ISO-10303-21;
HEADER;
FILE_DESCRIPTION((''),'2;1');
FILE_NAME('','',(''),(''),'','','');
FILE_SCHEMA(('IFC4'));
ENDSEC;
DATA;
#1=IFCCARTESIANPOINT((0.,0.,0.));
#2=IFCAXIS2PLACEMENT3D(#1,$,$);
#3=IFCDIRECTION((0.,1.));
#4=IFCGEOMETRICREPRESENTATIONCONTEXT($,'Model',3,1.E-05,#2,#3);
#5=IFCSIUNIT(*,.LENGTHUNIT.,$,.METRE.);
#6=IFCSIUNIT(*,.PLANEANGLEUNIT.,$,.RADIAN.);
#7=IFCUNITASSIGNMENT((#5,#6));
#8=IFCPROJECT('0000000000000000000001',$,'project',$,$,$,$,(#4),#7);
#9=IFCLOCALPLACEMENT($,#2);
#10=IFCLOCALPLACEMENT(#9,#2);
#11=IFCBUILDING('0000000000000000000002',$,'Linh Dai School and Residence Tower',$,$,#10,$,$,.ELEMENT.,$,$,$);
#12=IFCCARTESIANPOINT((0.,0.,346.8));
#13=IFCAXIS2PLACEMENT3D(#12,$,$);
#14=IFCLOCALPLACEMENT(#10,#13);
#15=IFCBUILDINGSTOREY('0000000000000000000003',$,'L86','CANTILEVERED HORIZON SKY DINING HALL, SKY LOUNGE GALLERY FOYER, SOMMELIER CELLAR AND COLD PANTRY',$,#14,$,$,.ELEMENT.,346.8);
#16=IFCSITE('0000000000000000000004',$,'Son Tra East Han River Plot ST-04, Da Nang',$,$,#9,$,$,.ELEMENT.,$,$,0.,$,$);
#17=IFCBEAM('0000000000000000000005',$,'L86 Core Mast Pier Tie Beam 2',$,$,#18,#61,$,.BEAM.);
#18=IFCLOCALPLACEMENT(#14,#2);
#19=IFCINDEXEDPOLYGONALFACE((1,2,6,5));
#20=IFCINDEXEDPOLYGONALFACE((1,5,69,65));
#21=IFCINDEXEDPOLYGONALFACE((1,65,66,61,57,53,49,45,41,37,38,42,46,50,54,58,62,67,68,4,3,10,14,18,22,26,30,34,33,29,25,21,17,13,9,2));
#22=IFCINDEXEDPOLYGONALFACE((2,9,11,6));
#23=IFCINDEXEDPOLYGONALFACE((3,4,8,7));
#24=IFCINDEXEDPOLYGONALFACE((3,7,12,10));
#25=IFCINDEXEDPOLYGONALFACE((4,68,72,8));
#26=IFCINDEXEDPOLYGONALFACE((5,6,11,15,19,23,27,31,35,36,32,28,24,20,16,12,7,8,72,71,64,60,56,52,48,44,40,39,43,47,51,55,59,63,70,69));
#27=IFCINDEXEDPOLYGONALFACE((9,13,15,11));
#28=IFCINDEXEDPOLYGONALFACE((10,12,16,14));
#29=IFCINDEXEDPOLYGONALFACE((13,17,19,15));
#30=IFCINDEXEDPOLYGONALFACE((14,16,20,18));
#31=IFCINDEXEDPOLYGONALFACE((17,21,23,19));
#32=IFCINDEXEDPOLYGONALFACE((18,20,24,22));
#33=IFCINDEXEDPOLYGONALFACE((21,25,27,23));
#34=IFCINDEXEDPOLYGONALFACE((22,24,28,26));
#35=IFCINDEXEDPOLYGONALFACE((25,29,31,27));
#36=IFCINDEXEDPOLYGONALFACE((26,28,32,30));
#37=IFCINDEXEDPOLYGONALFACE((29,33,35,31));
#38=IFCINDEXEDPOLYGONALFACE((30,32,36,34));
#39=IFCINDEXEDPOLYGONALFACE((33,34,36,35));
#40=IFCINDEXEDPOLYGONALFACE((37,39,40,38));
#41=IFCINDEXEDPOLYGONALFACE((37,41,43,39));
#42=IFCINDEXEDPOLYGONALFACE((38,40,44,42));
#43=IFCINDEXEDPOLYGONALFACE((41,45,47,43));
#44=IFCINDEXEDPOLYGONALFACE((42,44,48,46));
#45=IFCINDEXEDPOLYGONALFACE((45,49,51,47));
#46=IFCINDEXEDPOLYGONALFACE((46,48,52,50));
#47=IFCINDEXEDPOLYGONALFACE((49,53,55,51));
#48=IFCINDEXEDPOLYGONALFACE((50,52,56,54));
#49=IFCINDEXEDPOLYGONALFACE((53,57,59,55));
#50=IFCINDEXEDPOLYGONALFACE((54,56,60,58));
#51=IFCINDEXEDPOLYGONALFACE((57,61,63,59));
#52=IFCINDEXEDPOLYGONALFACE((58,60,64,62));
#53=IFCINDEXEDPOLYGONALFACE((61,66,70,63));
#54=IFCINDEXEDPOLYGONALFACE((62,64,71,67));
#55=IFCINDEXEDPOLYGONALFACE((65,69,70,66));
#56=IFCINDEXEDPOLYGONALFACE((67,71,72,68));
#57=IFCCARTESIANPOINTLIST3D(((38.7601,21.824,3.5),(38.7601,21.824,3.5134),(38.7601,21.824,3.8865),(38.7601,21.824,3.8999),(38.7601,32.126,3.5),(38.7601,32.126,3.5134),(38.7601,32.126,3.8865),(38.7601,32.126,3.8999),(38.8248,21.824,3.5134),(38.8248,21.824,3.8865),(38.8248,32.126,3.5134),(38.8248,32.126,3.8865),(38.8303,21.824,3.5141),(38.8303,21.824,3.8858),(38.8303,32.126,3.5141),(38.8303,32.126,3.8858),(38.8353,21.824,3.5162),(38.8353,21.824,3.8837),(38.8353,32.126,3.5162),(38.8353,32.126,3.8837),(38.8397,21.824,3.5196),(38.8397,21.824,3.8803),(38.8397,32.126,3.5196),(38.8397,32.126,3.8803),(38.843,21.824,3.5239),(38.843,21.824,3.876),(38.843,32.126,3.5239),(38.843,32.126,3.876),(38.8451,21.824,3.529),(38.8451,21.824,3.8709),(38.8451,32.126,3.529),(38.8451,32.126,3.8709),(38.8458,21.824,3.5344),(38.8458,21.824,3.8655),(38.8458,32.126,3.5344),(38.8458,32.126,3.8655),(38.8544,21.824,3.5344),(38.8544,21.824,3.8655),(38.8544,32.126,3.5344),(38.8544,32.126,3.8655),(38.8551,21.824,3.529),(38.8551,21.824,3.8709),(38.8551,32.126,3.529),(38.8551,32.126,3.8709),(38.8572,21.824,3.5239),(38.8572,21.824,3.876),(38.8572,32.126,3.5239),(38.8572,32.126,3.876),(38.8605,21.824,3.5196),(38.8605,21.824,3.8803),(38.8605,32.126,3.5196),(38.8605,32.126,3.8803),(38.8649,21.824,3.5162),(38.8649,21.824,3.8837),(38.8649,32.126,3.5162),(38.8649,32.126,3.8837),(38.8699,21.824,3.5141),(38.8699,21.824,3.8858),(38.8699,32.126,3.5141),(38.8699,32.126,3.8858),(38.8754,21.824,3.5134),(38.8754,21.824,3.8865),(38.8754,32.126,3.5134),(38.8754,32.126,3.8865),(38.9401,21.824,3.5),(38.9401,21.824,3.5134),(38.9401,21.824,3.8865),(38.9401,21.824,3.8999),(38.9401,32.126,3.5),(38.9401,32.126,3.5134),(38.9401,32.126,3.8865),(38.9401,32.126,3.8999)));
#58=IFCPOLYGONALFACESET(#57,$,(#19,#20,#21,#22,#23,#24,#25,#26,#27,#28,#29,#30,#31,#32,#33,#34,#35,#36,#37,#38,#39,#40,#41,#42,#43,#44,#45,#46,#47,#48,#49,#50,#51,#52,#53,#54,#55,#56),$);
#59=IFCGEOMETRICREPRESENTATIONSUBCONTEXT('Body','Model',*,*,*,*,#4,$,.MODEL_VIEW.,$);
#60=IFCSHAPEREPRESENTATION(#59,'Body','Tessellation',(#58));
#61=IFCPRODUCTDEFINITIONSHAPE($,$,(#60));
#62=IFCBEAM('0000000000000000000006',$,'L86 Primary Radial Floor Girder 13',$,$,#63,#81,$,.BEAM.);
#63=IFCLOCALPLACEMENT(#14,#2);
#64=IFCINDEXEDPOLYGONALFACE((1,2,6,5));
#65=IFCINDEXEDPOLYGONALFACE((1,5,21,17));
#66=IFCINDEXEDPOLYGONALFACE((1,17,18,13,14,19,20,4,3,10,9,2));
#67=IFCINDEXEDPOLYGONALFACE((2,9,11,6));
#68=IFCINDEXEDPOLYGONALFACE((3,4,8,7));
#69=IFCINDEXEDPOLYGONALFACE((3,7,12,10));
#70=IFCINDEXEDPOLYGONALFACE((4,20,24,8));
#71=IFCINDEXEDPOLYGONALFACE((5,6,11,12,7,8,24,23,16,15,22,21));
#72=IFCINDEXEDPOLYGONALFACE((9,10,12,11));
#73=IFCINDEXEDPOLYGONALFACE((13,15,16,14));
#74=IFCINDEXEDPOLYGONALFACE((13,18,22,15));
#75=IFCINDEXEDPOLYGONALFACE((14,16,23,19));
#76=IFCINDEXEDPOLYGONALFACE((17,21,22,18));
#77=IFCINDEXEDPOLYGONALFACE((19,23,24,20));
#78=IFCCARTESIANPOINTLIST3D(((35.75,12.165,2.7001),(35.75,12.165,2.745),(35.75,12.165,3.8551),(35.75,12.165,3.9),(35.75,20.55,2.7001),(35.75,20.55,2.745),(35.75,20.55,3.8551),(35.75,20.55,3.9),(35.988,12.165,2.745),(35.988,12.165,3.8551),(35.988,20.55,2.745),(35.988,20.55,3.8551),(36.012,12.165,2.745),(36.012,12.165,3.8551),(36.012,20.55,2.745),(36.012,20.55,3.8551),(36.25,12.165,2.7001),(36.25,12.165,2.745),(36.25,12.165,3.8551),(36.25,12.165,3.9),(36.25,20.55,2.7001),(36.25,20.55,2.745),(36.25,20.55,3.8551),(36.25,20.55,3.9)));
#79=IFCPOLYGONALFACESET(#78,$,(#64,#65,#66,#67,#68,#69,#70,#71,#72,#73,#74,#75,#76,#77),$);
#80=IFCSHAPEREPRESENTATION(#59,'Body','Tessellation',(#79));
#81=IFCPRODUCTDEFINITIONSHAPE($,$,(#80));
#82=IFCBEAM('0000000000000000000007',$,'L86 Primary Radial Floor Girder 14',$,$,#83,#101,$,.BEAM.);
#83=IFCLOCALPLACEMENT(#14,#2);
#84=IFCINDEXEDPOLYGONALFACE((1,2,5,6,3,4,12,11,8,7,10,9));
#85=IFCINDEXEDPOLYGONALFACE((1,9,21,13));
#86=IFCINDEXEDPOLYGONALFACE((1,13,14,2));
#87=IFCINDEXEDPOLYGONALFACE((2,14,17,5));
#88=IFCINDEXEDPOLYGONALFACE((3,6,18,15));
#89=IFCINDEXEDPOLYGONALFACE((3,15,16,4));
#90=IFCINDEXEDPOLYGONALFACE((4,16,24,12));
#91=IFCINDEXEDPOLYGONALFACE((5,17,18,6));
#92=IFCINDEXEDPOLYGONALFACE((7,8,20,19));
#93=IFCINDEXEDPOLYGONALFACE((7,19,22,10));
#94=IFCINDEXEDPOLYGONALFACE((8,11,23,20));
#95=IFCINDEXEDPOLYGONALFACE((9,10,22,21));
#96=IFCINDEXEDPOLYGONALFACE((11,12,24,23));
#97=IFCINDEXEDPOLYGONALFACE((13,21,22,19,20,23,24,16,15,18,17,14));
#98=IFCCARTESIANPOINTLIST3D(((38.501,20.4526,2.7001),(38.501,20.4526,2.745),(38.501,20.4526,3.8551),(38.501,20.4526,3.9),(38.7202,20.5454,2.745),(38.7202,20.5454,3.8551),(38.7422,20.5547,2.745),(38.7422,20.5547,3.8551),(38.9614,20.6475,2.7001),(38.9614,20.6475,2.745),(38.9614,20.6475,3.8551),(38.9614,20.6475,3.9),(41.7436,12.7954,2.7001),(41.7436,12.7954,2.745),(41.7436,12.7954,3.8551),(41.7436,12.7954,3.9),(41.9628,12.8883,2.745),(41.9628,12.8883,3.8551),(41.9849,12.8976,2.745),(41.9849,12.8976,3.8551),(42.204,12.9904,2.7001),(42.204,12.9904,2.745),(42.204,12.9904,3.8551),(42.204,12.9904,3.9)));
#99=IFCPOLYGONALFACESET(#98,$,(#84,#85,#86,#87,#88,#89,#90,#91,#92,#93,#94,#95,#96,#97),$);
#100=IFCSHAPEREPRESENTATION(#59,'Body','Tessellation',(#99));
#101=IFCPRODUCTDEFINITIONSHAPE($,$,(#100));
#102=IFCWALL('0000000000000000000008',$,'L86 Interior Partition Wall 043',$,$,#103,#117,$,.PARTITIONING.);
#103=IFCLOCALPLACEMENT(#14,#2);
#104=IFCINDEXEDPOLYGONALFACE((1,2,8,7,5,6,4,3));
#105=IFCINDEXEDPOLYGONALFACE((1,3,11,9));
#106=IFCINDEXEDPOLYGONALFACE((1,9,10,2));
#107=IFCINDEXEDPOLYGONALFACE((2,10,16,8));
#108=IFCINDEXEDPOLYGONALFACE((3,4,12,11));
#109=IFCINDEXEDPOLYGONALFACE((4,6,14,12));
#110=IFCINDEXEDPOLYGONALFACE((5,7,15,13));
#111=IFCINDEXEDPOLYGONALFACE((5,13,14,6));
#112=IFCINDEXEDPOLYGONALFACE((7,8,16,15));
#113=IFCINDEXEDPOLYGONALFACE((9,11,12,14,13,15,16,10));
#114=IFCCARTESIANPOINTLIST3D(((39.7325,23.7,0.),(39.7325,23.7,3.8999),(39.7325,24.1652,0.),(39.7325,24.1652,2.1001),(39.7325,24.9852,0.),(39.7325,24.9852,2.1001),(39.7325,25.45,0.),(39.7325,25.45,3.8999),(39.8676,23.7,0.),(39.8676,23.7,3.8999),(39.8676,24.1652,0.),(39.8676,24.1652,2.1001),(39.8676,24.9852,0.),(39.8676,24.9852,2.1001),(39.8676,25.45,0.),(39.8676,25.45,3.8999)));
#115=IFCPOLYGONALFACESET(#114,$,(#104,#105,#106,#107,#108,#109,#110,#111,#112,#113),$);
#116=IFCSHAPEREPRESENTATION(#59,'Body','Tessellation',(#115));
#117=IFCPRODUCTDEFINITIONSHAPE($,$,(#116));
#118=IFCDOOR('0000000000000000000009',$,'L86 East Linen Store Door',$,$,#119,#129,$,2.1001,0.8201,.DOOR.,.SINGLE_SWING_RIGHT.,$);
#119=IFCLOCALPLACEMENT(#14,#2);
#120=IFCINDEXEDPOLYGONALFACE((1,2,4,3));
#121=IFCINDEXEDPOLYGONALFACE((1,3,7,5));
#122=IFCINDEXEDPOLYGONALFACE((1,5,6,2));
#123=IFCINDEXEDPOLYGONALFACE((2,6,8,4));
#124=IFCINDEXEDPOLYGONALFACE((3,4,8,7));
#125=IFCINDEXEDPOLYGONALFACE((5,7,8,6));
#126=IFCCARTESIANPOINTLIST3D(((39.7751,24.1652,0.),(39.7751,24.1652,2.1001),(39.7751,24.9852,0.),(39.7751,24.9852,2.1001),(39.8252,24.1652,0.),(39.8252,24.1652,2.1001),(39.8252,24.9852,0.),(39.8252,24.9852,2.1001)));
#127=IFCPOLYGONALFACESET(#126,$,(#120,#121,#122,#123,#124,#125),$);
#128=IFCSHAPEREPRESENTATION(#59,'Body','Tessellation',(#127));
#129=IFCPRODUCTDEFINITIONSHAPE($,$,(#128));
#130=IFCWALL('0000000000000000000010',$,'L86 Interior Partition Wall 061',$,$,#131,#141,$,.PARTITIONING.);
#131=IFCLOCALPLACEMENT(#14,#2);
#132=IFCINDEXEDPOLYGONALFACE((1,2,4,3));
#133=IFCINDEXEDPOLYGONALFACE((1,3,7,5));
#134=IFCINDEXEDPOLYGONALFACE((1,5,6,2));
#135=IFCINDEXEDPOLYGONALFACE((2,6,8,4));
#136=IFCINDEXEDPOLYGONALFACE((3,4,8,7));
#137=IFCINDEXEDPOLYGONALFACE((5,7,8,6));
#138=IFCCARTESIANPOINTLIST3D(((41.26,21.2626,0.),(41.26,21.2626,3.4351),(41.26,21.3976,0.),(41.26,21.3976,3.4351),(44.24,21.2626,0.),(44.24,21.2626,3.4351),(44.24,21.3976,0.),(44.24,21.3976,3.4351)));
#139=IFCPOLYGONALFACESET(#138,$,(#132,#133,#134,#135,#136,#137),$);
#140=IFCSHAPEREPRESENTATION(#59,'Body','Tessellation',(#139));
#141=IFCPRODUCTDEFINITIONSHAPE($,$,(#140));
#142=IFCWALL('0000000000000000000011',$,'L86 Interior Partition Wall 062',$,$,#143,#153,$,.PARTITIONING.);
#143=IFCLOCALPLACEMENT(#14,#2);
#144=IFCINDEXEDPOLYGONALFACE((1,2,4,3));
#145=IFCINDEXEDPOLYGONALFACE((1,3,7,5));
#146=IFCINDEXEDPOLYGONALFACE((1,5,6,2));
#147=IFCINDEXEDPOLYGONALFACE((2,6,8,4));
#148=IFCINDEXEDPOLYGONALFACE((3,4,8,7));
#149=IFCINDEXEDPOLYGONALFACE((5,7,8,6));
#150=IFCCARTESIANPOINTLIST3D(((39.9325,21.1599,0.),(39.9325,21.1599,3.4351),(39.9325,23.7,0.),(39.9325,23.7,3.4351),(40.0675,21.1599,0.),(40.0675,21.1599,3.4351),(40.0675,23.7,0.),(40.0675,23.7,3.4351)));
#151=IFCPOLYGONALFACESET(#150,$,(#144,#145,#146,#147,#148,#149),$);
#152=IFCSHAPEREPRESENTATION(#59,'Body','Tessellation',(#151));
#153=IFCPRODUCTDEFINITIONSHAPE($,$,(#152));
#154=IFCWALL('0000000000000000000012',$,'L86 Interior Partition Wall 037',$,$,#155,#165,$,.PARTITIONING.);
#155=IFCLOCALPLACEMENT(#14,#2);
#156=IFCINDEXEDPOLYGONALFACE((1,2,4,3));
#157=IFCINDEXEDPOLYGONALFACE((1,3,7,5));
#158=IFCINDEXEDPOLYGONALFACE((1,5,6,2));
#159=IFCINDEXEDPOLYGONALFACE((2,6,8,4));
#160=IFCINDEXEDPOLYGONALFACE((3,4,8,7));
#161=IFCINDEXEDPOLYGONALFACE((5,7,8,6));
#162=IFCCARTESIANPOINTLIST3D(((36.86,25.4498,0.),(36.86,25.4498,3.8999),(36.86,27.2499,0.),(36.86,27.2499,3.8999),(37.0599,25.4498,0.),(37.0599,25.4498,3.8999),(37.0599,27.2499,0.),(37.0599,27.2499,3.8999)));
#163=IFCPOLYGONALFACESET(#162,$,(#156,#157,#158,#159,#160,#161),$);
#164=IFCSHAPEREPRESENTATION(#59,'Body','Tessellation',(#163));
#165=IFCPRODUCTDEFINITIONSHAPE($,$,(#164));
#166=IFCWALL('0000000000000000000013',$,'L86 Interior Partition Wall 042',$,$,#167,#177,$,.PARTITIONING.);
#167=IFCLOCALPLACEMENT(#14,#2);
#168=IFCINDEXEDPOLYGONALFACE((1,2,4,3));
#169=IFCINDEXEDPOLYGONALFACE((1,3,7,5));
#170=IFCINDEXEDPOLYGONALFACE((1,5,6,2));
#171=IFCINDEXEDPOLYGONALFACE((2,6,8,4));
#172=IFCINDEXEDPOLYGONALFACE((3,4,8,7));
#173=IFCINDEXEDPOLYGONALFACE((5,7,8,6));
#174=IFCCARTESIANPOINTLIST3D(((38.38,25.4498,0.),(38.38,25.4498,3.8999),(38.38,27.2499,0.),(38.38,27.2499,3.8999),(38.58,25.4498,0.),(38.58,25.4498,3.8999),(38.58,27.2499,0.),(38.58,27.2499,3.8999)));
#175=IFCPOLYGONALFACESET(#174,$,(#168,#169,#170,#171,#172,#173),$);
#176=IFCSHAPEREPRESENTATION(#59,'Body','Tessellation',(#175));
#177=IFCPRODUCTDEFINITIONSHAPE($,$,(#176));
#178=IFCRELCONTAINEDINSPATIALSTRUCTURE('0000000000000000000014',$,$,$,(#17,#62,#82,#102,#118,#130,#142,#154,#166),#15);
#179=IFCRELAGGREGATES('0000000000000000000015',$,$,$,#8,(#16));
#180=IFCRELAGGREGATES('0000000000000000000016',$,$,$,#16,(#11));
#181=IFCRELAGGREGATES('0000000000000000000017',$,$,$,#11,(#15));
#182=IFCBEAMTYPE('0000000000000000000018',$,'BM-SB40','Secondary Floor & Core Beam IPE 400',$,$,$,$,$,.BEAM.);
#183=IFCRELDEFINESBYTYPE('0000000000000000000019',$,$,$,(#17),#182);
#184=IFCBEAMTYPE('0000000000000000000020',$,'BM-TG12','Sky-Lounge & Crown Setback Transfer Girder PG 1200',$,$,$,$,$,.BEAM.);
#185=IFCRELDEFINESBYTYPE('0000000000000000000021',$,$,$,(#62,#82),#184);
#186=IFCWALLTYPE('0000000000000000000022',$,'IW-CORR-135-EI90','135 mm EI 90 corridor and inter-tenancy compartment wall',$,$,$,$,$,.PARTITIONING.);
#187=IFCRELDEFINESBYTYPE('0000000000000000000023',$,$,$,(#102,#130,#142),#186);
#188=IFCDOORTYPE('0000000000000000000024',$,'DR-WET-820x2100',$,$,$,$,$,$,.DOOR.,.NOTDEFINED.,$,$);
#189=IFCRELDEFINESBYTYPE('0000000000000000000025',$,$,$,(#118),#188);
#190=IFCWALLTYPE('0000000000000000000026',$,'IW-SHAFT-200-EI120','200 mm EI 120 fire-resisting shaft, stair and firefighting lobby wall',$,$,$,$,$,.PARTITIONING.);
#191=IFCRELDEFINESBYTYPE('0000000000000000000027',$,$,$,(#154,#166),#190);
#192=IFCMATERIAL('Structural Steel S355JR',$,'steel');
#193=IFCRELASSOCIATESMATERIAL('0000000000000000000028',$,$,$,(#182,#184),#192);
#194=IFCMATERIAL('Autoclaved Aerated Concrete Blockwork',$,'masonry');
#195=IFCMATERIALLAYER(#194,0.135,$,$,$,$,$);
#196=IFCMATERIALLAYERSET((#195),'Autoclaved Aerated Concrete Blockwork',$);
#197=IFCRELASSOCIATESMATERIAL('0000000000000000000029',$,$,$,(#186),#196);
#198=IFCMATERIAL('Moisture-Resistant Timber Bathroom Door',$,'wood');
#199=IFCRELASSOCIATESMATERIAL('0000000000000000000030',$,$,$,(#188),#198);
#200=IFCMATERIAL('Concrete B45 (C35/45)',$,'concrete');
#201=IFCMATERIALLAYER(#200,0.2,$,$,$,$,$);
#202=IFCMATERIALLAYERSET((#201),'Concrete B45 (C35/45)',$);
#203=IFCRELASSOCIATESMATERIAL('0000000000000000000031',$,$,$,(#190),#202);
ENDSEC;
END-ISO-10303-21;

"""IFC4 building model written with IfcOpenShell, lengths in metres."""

from ifc_helpers import new_model, si_unit, direction, frame, frame_2d, origin, origin_2d, place, context, subcontext, project, spatial, rectangle, i_section, extrude, source, transform, mapped, material, layer, layer_set, material_profile, profile_set, type_object, element, fill, save


model = new_model("IFC4")

# Units and contexts
model_context = context("Model", 3, precision=1e-05, world=origin(), true_north=direction((0.0, 1.0)))
body_context = subcontext(model_context, "Body", "Model", "MODEL_VIEW")
ifc_project = project(units=[si_unit("LENGTHUNIT", "METRE"), si_unit("PLANEANGLEUNIT", "RADIAN")], contexts=[model_context])

# Site, building, storey
site_placement = place(None, origin())
site = spatial("IfcSite", under=ifc_project, at=site_placement, Name="Son Tra East Han River Plot ST-04, Da Nang", CompositionType="ELEMENT", RefElevation=0.0)
building_placement = place(site_placement, origin())
building = spatial("IfcBuilding", under=site, at=building_placement, Name="Linh Dai School and Residence Tower", CompositionType="ELEMENT")
storey_placement = place(building_placement, frame((0.0, 0.0, 346.8)))
storey = spatial("IfcBuildingStorey", under=building, at=storey_placement, Name="L86", Description="CANTILEVERED HORIZON SKY DINING HALL, SKY LOUNGE GALLERY FOYER, SOMMELIER CELLAR AND COLD PANTRY", CompositionType="ELEMENT", Elevation=346.8)

# Shared definitions
ifc_material_1 = material(Name="Structural Steel S355JR", Category="steel")

# Beams
ifc_material_profile_1 = material_profile(ifc_material_1, i_section(OverallWidth=0.1799, OverallDepth=0.3999, WebThickness=0.0085, FlangeThickness=0.0134, FilletRadius=0.021, at=origin_2d()), Name="IPE 400")
ifc_profile_set_1 = profile_set([ifc_material_profile_1], Name="Structural Steel S355JR")
beam_type_1 = type_object("IfcBeamType", Name="BM-SB40", Description="Secondary Floor & Core Beam IPE 400", PredefinedType="BEAM", material=ifc_profile_set_1)
beam_1_placement = place(storey_placement, frame((38.8501, 21.824, 3.7), z_axis=(0.0, 1.0, 0.0), x_axis=(-1.0, 0.0, 0.0)))
element("IfcBeam", 1, at=beam_1_placement, inside=storey, type_object=beam_type_1, Name="L86 Core Mast Pier Tie Beam 2", PredefinedType="BEAM", context=body_context, shape_type="SweptSolid", body=[
    extrude(i_section(OverallWidth=0.1799, OverallDepth=0.3999, WebThickness=0.0085, FlangeThickness=0.0134, FilletRadius=0.021, at=origin_2d()), origin(), (0.0, 0.0, 1.0), 10.302),
])
ifc_material_profile_2 = material_profile(ifc_material_1, i_section(OverallWidth=0.5, OverallDepth=1.2, WebThickness=0.0239, FlangeThickness=0.0449, at=origin_2d()), Name="PG 1200x500x24x45")
ifc_profile_set_2 = profile_set([ifc_material_profile_2], Name="Structural Steel S355JR")
beam_type_2 = type_object("IfcBeamType", Name="BM-TG12", Description="Sky-Lounge & Crown Setback Transfer Girder PG 1200", PredefinedType="BEAM", material=ifc_profile_set_2)
beam_2_placement = place(storey_placement, frame((36.0, 20.55, 3.3), z_axis=(0.0, -1.0, 0.0), x_axis=(1.0, 0.0, 0.0)))
element("IfcBeam", 2, at=beam_2_placement, inside=storey, type_object=beam_type_2, Name="L86 Primary Radial Floor Girder 13", PredefinedType="BEAM", context=body_context, shape_type="SweptSolid", body=[
    extrude(i_section(OverallWidth=0.5, OverallDepth=1.2, WebThickness=0.0239, FlangeThickness=0.0449, at=origin_2d()), origin(), (0.0, 0.0, 1.0), 8.385),
])
beam_3_placement = place(storey_placement, frame((38.7312, 20.55, 3.3), z_axis=(0.389954, -0.920834, 0.0), x_axis=(0.920834, 0.389954, 0.0)))
element("IfcBeam", 3, at=beam_3_placement, inside=storey, type_object=beam_type_2, Name="L86 Primary Radial Floor Girder 14", PredefinedType="BEAM", context=body_context, shape_type="SweptSolid", body=[
    extrude(i_section(OverallWidth=0.5, OverallDepth=1.2, WebThickness=0.0239, FlangeThickness=0.0449, at=origin_2d()), origin(), (0.0, 0.0, 1.0), 8.3154),
])

# Wall, opening, door
ifc_material_2 = material(Name="Autoclaved Aerated Concrete Blockwork", Category="masonry")
ifc_layer_1 = layer(ifc_material_2, 0.135)
ifc_layer_set_1 = layer_set([ifc_layer_1], Name="Autoclaved Aerated Concrete Blockwork")
wall_type_1 = type_object("IfcWallType", Name="IW-CORR-135-EI90", Description="135 mm EI 90 corridor and inter-tenancy compartment wall", PredefinedType="PARTITIONING", material=ifc_layer_set_1)
wall_1_placement = place(storey_placement, frame((39.8, 23.7, 0.0), z_axis=(0.0, 0.0, 1.0), x_axis=(0.0, 1.0, 0.0)))
wall_1 = element("IfcWall", 4, at=wall_1_placement, inside=storey, type_object=wall_type_1, Name="L86 Interior Partition Wall 043", PredefinedType="PARTITIONING", context=body_context, shape_type="SweptSolid", body=[
    extrude(rectangle(XDim=1.75, YDim=0.135, at=frame_2d((0.875, 0.0))), origin(), (0.0, 0.0, 1.0), 3.8999),
])
opening_placement = place(wall_1_placement, frame((0.4651, 0.0, 0.0)))
opening = element("IfcOpeningElement", 5, at=opening_placement, cuts=wall_1, PredefinedType="OPENING", context=body_context, shape_type="SweptSolid", body=[
    extrude(rectangle(XDim=0.8201, YDim=2.1001, at=origin_2d()), frame((0.4102, 0.0776, 1.05), z_axis=(0.0, -1.0, 0.0), x_axis=(1.0, 0.0, 0.0)), (0.0, 0.0, 1.0), 0.155),
])
ifc_material_3 = material(Name="Moisture-Resistant Timber Bathroom Door", Category="wood")
door_type = type_object("IfcDoorType", Name="DR-WET-820x2100", OperationType="NOTDEFINED", PredefinedType="DOOR", material=ifc_material_3)
shared_shape_1 = source(origin(), body_context, "Body", "SweptSolid", [
    extrude(rectangle(XDim=0.8201, YDim=2.1001, at=origin_2d()), frame((0.4102, 0.0249, 1.05), z_axis=(0.0, -1.0, 0.0), x_axis=(1.0, 0.0, 0.0)), (0.0, 0.0, 1.0), 0.05),
])
door_placement = place(opening_placement, origin())
door = element("IfcDoor", 6, at=door_placement, inside=storey, type_object=door_type, Name="L86 East Linen Store Door", OperationType="SINGLE_SWING_RIGHT", OverallHeight=2.1001, OverallWidth=0.8201, PredefinedType="DOOR", context=body_context, shape_type="MappedRepresentation", body=[
    mapped(shared_shape_1, transform((0.0, 0.0, 0.0), x_axis=(1.0, 0.0, 0.0), y_axis=(0.0, 1.0, 0.0), z_axis=(0.0, 0.0, 1.0), scale=1.0)),
])
fill(opening, door)

# Walls
wall_2_placement = place(storey_placement, frame((44.24, 21.3301, 0.0), z_axis=(0.0, 0.0, 1.0), x_axis=(-1.0, 0.0, 0.0)))
element("IfcWall", 7, at=wall_2_placement, inside=storey, type_object=wall_type_1, Name="L86 Interior Partition Wall 061", PredefinedType="PARTITIONING", context=body_context, shape_type="SweptSolid", body=[
    extrude(rectangle(XDim=2.98, YDim=0.135, at=frame_2d((1.49, 0.0))), origin(), (0.0, 0.0, 1.0), 3.4351),
])
wall_3_placement = place(storey_placement, frame((40.0, 23.7, 0.0), z_axis=(0.0, 0.0, 1.0), x_axis=(0.0, -1.0, 0.0)))
element("IfcWall", 8, at=wall_3_placement, inside=storey, type_object=wall_type_1, Name="L86 Interior Partition Wall 062", PredefinedType="PARTITIONING", context=body_context, shape_type="SweptSolid", body=[
    extrude(rectangle(XDim=2.54, YDim=0.135, at=frame_2d((1.27, 0.0))), origin(), (0.0, 0.0, 1.0), 3.4351),
])
ifc_material_4 = material(Name="Concrete B45 (C35/45)", Category="concrete")
ifc_layer_2 = layer(ifc_material_4, 0.2)
ifc_layer_set_2 = layer_set([ifc_layer_2], Name="Concrete B45 (C35/45)")
wall_type_2 = type_object("IfcWallType", Name="IW-SHAFT-200-EI120", Description="200 mm EI 120 fire-resisting shaft, stair and firefighting lobby wall", PredefinedType="PARTITIONING", material=ifc_layer_set_2)
for number, where, z_axis, x_axis, name in (
    (9, (36.96, 25.45, 0.0), (0.0, 0.0, 1.0), (0.0, 1.0, 0.0), "L86 Interior Partition Wall 037"),
    (10, (38.48, 25.45, 0.0), (0.0, 0.0, 1.0), (0.0, 1.0, 0.0), "L86 Interior Partition Wall 042"),
):
    element("IfcWall", number, at=place(storey_placement, frame(where, z_axis=z_axis, x_axis=x_axis)), inside=storey, type_object=wall_type_2, Name=name, PredefinedType="PARTITIONING", context=body_context, shape_type="SweptSolid", body=[
        extrude(rectangle(XDim=1.8, YDim=0.2, at=frame_2d((0.8999, 0.0))), origin(), (0.0, 0.0, 1.0), 3.8999),
    ])

save(model, "model.ifc")
